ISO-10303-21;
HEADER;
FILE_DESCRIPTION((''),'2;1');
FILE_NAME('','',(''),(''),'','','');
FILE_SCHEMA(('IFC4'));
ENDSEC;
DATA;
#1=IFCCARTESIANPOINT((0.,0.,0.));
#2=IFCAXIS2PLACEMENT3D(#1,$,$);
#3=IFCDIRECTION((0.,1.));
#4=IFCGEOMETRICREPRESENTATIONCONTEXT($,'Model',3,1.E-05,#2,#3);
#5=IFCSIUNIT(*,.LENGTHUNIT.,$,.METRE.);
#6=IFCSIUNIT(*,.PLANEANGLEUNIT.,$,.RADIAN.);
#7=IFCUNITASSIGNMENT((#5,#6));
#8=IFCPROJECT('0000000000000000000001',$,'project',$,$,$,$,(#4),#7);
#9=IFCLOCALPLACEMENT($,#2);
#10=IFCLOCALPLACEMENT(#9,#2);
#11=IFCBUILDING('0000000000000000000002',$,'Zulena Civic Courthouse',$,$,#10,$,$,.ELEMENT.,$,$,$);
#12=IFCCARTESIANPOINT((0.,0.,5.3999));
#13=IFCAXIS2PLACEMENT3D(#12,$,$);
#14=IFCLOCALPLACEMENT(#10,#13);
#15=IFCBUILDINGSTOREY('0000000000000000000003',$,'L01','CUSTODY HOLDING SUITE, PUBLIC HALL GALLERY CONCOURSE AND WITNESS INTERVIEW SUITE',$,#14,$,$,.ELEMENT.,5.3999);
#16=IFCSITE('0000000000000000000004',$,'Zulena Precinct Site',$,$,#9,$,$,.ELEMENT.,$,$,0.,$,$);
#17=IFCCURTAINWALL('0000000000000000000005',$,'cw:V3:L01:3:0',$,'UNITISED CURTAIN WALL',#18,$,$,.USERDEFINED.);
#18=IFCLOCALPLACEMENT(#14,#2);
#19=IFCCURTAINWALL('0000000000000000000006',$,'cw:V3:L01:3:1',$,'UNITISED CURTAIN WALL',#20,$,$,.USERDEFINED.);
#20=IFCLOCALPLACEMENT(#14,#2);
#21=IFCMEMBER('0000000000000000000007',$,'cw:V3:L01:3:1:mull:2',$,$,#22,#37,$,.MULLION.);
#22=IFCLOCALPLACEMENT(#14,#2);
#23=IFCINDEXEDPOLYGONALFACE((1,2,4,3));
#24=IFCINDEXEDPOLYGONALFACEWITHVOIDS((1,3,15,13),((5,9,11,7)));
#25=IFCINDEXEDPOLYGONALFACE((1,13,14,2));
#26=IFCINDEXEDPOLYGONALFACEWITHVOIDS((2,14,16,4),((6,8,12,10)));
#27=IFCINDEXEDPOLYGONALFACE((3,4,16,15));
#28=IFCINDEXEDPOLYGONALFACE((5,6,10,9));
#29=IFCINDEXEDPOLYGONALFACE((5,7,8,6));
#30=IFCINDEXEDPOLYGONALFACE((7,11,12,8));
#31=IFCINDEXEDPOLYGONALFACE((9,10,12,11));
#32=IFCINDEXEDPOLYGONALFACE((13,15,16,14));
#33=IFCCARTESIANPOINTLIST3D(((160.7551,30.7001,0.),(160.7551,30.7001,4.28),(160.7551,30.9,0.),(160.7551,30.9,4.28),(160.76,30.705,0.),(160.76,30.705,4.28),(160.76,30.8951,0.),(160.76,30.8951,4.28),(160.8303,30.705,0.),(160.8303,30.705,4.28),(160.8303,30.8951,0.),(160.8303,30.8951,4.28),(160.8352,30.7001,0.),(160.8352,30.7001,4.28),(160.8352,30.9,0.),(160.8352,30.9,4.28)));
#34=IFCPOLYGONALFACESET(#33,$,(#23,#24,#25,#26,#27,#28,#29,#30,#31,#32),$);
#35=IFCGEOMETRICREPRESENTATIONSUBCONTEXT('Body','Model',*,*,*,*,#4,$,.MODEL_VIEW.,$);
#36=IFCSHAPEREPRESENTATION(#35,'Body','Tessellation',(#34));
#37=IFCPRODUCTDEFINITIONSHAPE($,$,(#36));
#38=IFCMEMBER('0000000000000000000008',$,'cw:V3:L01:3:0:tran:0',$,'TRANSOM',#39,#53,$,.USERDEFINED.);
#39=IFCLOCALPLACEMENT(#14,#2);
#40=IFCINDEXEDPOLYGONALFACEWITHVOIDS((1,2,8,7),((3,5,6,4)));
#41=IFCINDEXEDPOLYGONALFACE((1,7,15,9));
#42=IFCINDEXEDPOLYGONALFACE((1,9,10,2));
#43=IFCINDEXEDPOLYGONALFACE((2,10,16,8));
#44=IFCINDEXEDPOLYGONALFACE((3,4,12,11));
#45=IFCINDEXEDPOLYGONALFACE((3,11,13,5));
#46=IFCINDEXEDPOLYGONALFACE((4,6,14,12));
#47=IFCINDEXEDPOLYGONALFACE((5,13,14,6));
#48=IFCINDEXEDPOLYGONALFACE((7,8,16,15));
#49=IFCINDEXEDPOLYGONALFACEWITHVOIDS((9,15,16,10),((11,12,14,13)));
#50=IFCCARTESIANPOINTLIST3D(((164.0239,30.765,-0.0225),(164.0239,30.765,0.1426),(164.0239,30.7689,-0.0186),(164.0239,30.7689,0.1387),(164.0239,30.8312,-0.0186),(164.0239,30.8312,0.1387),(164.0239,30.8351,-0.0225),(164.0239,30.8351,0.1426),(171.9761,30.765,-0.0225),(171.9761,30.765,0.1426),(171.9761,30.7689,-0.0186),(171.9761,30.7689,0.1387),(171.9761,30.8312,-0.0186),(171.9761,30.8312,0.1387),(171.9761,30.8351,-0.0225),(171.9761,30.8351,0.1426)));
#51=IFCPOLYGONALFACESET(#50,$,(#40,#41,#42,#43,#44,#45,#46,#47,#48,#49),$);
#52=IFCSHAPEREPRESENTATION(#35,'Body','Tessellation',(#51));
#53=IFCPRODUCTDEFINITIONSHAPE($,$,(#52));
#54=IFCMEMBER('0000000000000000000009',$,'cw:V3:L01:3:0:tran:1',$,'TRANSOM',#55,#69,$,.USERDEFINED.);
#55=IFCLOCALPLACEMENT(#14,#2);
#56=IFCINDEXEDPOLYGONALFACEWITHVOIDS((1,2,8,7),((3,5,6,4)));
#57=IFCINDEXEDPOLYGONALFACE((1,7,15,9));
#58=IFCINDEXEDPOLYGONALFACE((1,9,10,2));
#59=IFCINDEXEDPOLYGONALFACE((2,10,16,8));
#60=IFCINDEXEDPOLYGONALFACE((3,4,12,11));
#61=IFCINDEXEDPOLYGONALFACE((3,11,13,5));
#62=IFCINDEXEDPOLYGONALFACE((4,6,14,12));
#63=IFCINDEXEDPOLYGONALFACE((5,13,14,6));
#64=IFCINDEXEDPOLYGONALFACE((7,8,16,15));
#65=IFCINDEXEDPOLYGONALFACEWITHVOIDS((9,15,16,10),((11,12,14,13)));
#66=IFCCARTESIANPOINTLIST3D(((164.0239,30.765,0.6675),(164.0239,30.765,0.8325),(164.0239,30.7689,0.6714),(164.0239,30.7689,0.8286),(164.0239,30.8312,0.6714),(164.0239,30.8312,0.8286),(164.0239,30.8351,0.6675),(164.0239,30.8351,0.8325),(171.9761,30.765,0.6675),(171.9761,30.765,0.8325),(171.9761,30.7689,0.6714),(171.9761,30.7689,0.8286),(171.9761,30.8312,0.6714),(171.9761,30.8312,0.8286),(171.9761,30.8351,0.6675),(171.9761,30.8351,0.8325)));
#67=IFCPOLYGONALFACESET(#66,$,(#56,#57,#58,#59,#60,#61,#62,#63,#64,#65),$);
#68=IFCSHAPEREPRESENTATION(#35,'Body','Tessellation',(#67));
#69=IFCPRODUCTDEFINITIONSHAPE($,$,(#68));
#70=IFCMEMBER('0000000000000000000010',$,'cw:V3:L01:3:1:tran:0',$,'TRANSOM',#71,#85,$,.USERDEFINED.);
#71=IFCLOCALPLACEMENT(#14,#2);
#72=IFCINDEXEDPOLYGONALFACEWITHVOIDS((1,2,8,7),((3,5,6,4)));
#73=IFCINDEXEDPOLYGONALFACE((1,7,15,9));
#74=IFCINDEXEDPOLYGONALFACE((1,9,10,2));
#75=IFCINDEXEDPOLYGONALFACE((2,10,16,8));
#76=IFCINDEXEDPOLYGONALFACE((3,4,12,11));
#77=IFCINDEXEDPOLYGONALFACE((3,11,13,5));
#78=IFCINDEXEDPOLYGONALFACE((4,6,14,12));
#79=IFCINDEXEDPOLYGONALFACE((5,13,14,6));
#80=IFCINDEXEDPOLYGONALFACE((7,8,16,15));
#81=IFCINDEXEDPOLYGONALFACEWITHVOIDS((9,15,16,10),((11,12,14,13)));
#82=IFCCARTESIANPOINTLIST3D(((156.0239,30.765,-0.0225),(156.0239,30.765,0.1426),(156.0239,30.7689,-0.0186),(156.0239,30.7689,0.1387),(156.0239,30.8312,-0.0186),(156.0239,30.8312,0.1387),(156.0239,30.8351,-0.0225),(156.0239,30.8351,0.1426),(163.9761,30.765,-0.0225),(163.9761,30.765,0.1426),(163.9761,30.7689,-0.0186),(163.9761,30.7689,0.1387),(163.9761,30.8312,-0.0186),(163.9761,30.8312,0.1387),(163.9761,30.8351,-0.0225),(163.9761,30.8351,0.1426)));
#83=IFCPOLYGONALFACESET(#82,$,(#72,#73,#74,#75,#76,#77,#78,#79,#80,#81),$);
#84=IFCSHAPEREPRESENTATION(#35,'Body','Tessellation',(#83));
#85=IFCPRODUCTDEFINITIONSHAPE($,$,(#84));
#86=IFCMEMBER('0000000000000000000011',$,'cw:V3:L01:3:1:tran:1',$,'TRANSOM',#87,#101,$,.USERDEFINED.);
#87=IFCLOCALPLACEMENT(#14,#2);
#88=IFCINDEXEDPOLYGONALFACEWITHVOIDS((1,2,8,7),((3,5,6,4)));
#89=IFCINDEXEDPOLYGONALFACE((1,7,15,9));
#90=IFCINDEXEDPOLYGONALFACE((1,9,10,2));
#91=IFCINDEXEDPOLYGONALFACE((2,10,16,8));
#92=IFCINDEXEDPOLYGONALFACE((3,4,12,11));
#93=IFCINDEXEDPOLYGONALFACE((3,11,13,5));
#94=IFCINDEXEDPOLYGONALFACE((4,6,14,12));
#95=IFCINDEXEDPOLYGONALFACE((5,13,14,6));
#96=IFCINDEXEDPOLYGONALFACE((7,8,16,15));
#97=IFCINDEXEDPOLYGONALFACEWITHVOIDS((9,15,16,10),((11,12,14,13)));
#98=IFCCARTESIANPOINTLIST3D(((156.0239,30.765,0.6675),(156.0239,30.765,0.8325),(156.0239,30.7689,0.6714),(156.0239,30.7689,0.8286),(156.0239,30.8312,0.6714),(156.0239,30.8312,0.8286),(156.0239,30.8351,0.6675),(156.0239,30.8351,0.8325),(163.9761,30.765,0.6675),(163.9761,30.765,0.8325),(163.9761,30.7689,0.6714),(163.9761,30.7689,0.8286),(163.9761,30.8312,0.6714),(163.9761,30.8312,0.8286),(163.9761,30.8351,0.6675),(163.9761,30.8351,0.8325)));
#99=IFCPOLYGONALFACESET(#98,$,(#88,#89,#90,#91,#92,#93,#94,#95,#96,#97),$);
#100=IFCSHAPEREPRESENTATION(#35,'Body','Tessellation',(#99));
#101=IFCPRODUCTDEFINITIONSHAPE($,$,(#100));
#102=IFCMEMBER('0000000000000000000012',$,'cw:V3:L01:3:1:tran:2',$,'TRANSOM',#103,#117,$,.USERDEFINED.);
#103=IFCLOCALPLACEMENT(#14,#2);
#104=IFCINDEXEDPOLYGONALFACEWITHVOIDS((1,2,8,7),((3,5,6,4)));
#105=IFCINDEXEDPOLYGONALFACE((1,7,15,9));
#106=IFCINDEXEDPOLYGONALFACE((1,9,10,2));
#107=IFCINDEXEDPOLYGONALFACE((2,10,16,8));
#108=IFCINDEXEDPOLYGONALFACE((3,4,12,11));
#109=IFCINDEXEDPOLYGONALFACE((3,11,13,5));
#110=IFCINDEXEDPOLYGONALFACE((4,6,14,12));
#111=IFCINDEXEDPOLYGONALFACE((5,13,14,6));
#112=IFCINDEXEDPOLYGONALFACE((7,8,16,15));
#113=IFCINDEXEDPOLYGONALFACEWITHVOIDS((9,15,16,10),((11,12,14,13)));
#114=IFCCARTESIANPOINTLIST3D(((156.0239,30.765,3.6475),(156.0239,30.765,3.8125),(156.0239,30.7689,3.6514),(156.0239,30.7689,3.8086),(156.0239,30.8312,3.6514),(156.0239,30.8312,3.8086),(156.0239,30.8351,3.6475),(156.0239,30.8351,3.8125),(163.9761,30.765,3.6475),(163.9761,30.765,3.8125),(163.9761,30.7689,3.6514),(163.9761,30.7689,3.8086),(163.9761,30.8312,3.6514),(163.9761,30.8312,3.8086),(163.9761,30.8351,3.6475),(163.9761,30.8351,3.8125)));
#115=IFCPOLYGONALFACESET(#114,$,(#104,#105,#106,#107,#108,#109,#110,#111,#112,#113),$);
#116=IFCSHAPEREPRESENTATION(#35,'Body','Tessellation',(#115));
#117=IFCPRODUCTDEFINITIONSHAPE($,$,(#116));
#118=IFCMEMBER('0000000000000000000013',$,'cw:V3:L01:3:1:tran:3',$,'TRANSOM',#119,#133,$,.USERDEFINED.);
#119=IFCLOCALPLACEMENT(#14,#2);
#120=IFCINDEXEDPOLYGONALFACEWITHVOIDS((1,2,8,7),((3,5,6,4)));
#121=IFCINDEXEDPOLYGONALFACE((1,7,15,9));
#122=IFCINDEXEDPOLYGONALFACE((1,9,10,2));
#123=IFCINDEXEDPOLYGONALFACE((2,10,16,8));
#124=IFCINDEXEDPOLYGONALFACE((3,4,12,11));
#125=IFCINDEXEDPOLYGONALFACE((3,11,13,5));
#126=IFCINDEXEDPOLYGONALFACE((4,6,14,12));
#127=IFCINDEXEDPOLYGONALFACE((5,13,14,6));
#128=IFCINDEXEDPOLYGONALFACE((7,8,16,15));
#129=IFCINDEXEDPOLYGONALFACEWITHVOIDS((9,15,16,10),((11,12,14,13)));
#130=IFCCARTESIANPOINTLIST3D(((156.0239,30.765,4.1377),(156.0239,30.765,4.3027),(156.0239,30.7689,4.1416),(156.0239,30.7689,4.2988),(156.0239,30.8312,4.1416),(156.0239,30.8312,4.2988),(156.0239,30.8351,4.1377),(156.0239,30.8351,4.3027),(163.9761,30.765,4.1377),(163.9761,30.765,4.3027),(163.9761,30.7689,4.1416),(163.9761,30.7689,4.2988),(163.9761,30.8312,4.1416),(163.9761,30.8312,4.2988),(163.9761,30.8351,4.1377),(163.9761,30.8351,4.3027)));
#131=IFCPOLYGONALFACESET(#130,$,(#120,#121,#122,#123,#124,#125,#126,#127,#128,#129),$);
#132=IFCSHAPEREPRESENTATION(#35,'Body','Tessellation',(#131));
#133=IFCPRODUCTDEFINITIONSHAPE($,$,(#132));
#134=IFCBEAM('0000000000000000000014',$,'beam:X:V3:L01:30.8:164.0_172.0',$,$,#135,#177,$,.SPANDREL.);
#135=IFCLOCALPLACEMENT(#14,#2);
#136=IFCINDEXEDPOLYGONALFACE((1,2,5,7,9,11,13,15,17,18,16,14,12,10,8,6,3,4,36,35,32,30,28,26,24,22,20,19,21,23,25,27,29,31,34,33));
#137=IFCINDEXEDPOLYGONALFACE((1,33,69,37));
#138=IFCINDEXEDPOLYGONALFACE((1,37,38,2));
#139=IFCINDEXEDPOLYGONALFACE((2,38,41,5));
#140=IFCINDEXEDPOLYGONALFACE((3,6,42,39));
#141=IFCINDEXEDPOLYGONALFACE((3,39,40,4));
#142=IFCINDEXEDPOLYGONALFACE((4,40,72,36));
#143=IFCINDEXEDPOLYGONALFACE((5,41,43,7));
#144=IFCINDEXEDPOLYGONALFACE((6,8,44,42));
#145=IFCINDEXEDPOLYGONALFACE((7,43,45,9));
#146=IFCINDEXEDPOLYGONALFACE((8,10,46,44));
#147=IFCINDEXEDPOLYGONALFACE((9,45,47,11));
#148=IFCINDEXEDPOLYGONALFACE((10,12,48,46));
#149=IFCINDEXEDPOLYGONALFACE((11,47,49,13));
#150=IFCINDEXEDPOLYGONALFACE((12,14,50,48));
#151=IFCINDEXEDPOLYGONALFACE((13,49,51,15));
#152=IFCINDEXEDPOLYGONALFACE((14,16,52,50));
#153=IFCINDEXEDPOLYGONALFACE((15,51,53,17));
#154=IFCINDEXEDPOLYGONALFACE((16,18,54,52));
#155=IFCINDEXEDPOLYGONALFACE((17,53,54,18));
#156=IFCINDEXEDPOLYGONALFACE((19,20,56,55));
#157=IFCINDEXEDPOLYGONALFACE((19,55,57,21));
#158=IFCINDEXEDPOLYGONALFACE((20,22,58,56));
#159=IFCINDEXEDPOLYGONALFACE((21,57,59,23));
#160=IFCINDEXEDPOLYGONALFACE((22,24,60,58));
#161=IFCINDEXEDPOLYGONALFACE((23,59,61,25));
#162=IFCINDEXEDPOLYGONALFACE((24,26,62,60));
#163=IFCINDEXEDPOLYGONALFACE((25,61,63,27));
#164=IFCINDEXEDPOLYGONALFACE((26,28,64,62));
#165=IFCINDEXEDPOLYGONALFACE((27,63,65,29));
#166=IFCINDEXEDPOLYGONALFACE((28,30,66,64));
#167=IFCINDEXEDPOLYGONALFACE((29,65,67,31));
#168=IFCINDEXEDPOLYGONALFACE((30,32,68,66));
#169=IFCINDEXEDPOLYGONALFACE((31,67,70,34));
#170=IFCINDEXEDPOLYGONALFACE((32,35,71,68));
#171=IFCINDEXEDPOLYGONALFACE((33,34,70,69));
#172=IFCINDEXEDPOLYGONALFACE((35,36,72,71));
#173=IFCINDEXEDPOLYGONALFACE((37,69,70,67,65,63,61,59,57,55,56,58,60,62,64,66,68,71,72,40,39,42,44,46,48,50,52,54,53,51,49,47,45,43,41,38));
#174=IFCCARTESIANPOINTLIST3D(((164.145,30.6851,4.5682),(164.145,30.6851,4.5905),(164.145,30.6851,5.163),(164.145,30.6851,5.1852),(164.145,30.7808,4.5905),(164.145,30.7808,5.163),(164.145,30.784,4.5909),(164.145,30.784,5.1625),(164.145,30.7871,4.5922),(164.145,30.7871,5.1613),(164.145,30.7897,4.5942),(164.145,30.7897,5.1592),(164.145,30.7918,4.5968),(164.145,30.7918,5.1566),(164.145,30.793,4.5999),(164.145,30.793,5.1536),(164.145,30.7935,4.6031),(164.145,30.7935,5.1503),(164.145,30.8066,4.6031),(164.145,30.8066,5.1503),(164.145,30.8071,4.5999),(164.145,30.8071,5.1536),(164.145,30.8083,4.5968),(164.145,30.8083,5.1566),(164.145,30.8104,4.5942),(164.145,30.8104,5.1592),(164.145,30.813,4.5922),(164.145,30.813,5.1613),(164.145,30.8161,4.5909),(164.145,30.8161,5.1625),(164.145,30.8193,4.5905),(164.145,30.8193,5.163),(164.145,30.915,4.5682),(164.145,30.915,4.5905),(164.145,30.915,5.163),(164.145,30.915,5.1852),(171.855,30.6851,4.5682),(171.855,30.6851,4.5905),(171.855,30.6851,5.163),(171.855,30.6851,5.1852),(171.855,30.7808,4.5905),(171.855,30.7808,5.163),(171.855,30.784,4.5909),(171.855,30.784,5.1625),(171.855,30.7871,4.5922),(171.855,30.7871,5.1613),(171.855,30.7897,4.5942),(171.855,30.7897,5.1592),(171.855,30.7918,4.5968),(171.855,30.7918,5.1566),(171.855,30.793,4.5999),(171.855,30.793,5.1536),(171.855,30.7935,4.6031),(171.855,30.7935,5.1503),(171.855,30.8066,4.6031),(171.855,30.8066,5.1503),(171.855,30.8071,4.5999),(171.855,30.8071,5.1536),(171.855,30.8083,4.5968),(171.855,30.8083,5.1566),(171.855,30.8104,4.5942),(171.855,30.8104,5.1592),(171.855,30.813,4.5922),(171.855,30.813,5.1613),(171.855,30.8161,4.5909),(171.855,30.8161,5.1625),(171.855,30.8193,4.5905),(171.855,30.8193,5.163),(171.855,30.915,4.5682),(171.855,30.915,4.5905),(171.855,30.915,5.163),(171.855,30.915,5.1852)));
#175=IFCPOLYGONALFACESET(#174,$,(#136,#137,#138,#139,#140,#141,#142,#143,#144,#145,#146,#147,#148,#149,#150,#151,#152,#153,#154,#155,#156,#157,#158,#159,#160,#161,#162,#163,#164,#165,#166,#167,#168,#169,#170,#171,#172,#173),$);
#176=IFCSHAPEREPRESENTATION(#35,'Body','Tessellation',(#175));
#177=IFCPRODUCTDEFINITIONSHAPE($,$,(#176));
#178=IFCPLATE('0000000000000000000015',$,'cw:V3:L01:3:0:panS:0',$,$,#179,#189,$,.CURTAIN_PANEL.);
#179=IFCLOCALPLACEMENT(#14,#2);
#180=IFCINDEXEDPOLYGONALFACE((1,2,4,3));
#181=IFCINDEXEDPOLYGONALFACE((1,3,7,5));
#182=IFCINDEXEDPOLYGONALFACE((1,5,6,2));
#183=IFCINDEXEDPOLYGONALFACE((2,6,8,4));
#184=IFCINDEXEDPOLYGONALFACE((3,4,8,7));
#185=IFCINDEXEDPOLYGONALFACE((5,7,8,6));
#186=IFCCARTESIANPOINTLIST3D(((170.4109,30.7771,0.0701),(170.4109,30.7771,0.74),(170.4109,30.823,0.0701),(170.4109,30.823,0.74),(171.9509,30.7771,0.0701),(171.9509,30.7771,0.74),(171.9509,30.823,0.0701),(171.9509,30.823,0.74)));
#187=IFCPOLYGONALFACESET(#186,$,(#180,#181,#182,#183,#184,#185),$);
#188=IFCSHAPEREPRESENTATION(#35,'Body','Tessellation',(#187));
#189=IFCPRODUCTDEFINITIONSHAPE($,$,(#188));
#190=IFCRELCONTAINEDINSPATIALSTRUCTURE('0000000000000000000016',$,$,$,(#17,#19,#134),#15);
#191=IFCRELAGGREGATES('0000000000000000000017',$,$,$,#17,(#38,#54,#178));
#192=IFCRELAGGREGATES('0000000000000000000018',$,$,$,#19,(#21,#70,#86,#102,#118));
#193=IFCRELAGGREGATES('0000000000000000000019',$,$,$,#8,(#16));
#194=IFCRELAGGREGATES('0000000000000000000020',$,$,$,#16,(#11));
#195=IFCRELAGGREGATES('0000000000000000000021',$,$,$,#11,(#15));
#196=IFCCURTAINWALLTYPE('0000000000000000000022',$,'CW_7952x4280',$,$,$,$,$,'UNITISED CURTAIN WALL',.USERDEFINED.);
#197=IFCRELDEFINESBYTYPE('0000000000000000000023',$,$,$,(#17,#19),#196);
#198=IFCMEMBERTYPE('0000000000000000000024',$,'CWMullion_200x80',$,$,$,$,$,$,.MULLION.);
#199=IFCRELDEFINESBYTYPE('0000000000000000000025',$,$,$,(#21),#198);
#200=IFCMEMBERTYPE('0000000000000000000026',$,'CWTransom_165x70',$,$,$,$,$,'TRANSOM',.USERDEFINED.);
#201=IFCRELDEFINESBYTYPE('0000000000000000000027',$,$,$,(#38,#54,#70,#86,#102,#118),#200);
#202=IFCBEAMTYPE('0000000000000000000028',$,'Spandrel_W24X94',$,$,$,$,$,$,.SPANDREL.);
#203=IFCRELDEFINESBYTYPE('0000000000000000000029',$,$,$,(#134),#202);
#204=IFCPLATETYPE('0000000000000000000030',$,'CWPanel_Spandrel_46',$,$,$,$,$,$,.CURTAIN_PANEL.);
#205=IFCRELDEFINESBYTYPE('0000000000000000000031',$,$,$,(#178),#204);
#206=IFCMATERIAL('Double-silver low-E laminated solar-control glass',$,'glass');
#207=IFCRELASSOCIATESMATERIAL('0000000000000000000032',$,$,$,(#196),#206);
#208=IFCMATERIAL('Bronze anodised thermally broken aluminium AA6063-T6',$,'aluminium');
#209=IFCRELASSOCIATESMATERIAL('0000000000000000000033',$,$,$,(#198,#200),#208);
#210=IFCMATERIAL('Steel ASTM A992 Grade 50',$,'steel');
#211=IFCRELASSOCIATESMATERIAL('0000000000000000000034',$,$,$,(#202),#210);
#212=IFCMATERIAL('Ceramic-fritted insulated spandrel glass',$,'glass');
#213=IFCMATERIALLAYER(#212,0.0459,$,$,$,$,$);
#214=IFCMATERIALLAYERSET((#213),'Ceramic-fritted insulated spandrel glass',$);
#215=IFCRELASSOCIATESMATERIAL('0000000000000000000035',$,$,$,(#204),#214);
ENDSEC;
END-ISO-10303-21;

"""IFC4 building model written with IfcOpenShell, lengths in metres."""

from ifc_helpers import new_model, si_unit, direction, frame, origin, origin_2d, place, context, subcontext, project, spatial, rectangle, hollow_rectangle, i_section, extrude, material, layer, layer_set, material_profile, profile_set, type_object, element, aggregate, save


model = new_model("IFC4")

# Units and contexts
model_context = context("Model", 3, precision=1e-05, world=origin(), true_north=direction((0.0, 1.0)))
body_context = subcontext(model_context, "Body", "Model", "MODEL_VIEW")
ifc_project = project(units=[si_unit("LENGTHUNIT", "METRE"), si_unit("PLANEANGLEUNIT", "RADIAN")], contexts=[model_context])

# Site, building, storey
site_placement = place(None, origin())
site = spatial("IfcSite", under=ifc_project, at=site_placement, Name="Zulena Precinct Site", CompositionType="ELEMENT", RefElevation=0.0)
building_placement = place(site_placement, origin())
building = spatial("IfcBuilding", under=site, at=building_placement, Name="Zulena Civic Courthouse", CompositionType="ELEMENT")
storey_placement = place(building_placement, frame((0.0, 0.0, 5.3999)))
storey = spatial("IfcBuildingStorey", under=building, at=storey_placement, Name="L01", Description="CUSTODY HOLDING SUITE, PUBLIC HALL GALLERY CONCOURSE AND WITNESS INTERVIEW SUITE", CompositionType="ELEMENT", Elevation=5.3999)

# Shared definitions
ifc_material_1 = material(Name="Steel ASTM A992 Grade 50", Category="steel")

# Curtain walls, member
ifc_material_2 = material(Name="Double-silver low-E laminated solar-control glass", Category="glass")
curtain_wall_type = type_object("IfcCurtainWallType", Name="CW_7952x4280", ElementType="UNITISED CURTAIN WALL", PredefinedType="USERDEFINED", material=ifc_material_2)
curtain_wall_1_placement = place(storey_placement, origin())
curtain_wall_1 = element("IfcCurtainWall", 1, at=curtain_wall_1_placement, inside=storey, type_object=curtain_wall_type, Name="cw:V3:L01:3:0", ObjectType="UNITISED CURTAIN WALL", PredefinedType="USERDEFINED")
ifc_material_3 = material(Name="Bronze anodised thermally broken aluminium AA6063-T6", Category="aluminium")
ifc_material_profile_1 = material_profile(ifc_material_3, hollow_rectangle(XDim=0.0801, YDim=0.2, WallThickness=0.0049, at=origin_2d()), Name="CWM200X80X5")
ifc_profile_set_1 = profile_set([ifc_material_profile_1], Name="Bronze anodised thermally broken aluminium AA6063-T6")
member_type_1 = type_object("IfcMemberType", Name="CWMullion_200x80", PredefinedType="MULLION", material=ifc_profile_set_1)
curtain_wall_2_placement = place(storey_placement, origin())
curtain_wall_2 = element("IfcCurtainWall", 2, at=curtain_wall_2_placement, inside=storey, type_object=curtain_wall_type, Name="cw:V3:L01:3:1", ObjectType="UNITISED CURTAIN WALL", PredefinedType="USERDEFINED")
member_1_placement = place(storey_placement, frame((160.7952, 30.8, 0.0), z_axis=(0.0, 0.0, 1.0), x_axis=(1.0, 0.0, 0.0)))
member_1 = element("IfcMember", 3, at=member_1_placement, type_object=member_type_1, Name="cw:V3:L01:3:1:mull:2", PredefinedType="MULLION", context=body_context, shape_type="SweptSolid", body=[
    extrude(hollow_rectangle(XDim=0.0801, YDim=0.2, WallThickness=0.0049, at=origin_2d()), origin(), (0.0, 0.0, 1.0), 4.28),
])

# Members
ifc_material_profile_2 = material_profile(ifc_material_3, hollow_rectangle(XDim=0.0701, YDim=0.165, WallThickness=0.0039, at=origin_2d()), Name="CWT165X70X4")
ifc_profile_set_2 = profile_set([ifc_material_profile_2], Name="Bronze anodised thermally broken aluminium AA6063-T6")
member_type_2 = type_object("IfcMemberType", Name="CWTransom_165x70", ElementType="TRANSOM", PredefinedType="USERDEFINED", material=ifc_profile_set_2)
member_2_placement = place(storey_placement, frame((171.9761, 30.8, 0.0601), z_axis=(-1.0, 0.0, 0.0), x_axis=(0.0, -1.0, 0.0)))
member_2 = element("IfcMember", 4, at=member_2_placement, type_object=member_type_2, Name="cw:V3:L01:3:0:tran:0", ObjectType="TRANSOM", PredefinedType="USERDEFINED", context=body_context, shape_type="SweptSolid", body=[
    extrude(hollow_rectangle(XDim=0.0701, YDim=0.165, WallThickness=0.0039, at=origin_2d()), origin(), (0.0, 0.0, 1.0), 7.9521),
])
member_3_placement = place(storey_placement, frame((171.9761, 30.8, 0.75), z_axis=(-1.0, 0.0, 0.0), x_axis=(0.0, -1.0, 0.0)))
member_3 = element("IfcMember", 5, at=member_3_placement, type_object=member_type_2, Name="cw:V3:L01:3:0:tran:1", ObjectType="TRANSOM", PredefinedType="USERDEFINED", context=body_context, shape_type="SweptSolid", body=[
    extrude(hollow_rectangle(XDim=0.0701, YDim=0.165, WallThickness=0.0039, at=origin_2d()), origin(), (0.0, 0.0, 1.0), 7.9521),
])
member_4_placement = place(storey_placement, frame((163.9761, 30.8, 0.0601), z_axis=(-1.0, 0.0, 0.0), x_axis=(0.0, -1.0, 0.0)))
member_4 = element("IfcMember", 6, at=member_4_placement, type_object=member_type_2, Name="cw:V3:L01:3:1:tran:0", ObjectType="TRANSOM", PredefinedType="USERDEFINED", context=body_context, shape_type="SweptSolid", body=[
    extrude(hollow_rectangle(XDim=0.0701, YDim=0.165, WallThickness=0.0039, at=origin_2d()), origin(), (0.0, 0.0, 1.0), 7.9521),
])
member_5_placement = place(storey_placement, frame((163.9761, 30.8, 0.75), z_axis=(-1.0, 0.0, 0.0), x_axis=(0.0, -1.0, 0.0)))
member_5 = element("IfcMember", 7, at=member_5_placement, type_object=member_type_2, Name="cw:V3:L01:3:1:tran:1", ObjectType="TRANSOM", PredefinedType="USERDEFINED", context=body_context, shape_type="SweptSolid", body=[
    extrude(hollow_rectangle(XDim=0.0701, YDim=0.165, WallThickness=0.0039, at=origin_2d()), origin(), (0.0, 0.0, 1.0), 7.9521),
])
member_6_placement = place(storey_placement, frame((163.9761, 30.8, 3.73), z_axis=(-1.0, 0.0, 0.0), x_axis=(0.0, -1.0, 0.0)))
member_6 = element("IfcMember", 8, at=member_6_placement, type_object=member_type_2, Name="cw:V3:L01:3:1:tran:2", ObjectType="TRANSOM", PredefinedType="USERDEFINED", context=body_context, shape_type="SweptSolid", body=[
    extrude(hollow_rectangle(XDim=0.0701, YDim=0.165, WallThickness=0.0039, at=origin_2d()), origin(), (0.0, 0.0, 1.0), 7.9521),
])
member_7_placement = place(storey_placement, frame((163.9761, 30.8, 4.2202), z_axis=(-1.0, 0.0, 0.0), x_axis=(0.0, -1.0, 0.0)))
member_7 = element("IfcMember", 9, at=member_7_placement, type_object=member_type_2, Name="cw:V3:L01:3:1:tran:3", ObjectType="TRANSOM", PredefinedType="USERDEFINED", context=body_context, shape_type="SweptSolid", body=[
    extrude(hollow_rectangle(XDim=0.0701, YDim=0.165, WallThickness=0.0039, at=origin_2d()), origin(), (0.0, 0.0, 1.0), 7.9521),
])

# Beam
ifc_material_profile_3 = material_profile(ifc_material_1, i_section(OverallWidth=0.23, OverallDepth=0.6169, WebThickness=0.0132, FlangeThickness=0.0222, FilletRadius=0.0127, at=origin_2d()), Name="W24X94")
ifc_profile_set_3 = profile_set([ifc_material_profile_3], Name="Steel ASTM A992 Grade 50")
beam_type = type_object("IfcBeamType", Name="Spandrel_W24X94", PredefinedType="SPANDREL", material=ifc_profile_set_3)
beam_placement = place(storey_placement, frame((164.145, 30.8, 4.8767), z_axis=(1.0, 0.0, 0.0), x_axis=(0.0, 1.0, 0.0)))
element("IfcBeam", 10, at=beam_placement, inside=storey, type_object=beam_type, Name="beam:X:V3:L01:30.8:164.0_172.0", PredefinedType="SPANDREL", context=body_context, shape_type="SweptSolid", body=[
    extrude(i_section(OverallWidth=0.23, OverallDepth=0.6169, WebThickness=0.0132, FlangeThickness=0.0222, FilletRadius=0.0127, at=origin_2d()), origin(), (0.0, 0.0, 1.0), 7.71),
])

# Plate
ifc_material_4 = material(Name="Ceramic-fritted insulated spandrel glass", Category="glass")
ifc_layer_1 = layer(ifc_material_4, 0.0459)
ifc_layer_set_1 = layer_set([ifc_layer_1], Name="Ceramic-fritted insulated spandrel glass")
plate_type_1 = type_object("IfcPlateType", Name="CWPanel_Spandrel_46", PredefinedType="CURTAIN_PANEL", material=ifc_layer_set_1)
plate_1_placement = place(storey_placement, frame((171.1809, 30.8, 0.0701), z_axis=(0.0, 0.0, 1.0), x_axis=(-1.0, 0.0, 0.0)))
plate_1 = element("IfcPlate", 11, at=plate_1_placement, type_object=plate_type_1, Name="cw:V3:L01:3:0:panS:0", PredefinedType="CURTAIN_PANEL", context=body_context, shape_type="SweptSolid", body=[
    extrude(rectangle(XDim=1.54, YDim=0.0459, at=origin_2d()), origin(), (0.0, 0.0, 1.0), 0.6699),
])
aggregate(curtain_wall_1, [member_2, member_3, plate_1])
aggregate(curtain_wall_2, [member_1, member_4, member_5, member_6, member_7])

save(model, "model.ifc")
